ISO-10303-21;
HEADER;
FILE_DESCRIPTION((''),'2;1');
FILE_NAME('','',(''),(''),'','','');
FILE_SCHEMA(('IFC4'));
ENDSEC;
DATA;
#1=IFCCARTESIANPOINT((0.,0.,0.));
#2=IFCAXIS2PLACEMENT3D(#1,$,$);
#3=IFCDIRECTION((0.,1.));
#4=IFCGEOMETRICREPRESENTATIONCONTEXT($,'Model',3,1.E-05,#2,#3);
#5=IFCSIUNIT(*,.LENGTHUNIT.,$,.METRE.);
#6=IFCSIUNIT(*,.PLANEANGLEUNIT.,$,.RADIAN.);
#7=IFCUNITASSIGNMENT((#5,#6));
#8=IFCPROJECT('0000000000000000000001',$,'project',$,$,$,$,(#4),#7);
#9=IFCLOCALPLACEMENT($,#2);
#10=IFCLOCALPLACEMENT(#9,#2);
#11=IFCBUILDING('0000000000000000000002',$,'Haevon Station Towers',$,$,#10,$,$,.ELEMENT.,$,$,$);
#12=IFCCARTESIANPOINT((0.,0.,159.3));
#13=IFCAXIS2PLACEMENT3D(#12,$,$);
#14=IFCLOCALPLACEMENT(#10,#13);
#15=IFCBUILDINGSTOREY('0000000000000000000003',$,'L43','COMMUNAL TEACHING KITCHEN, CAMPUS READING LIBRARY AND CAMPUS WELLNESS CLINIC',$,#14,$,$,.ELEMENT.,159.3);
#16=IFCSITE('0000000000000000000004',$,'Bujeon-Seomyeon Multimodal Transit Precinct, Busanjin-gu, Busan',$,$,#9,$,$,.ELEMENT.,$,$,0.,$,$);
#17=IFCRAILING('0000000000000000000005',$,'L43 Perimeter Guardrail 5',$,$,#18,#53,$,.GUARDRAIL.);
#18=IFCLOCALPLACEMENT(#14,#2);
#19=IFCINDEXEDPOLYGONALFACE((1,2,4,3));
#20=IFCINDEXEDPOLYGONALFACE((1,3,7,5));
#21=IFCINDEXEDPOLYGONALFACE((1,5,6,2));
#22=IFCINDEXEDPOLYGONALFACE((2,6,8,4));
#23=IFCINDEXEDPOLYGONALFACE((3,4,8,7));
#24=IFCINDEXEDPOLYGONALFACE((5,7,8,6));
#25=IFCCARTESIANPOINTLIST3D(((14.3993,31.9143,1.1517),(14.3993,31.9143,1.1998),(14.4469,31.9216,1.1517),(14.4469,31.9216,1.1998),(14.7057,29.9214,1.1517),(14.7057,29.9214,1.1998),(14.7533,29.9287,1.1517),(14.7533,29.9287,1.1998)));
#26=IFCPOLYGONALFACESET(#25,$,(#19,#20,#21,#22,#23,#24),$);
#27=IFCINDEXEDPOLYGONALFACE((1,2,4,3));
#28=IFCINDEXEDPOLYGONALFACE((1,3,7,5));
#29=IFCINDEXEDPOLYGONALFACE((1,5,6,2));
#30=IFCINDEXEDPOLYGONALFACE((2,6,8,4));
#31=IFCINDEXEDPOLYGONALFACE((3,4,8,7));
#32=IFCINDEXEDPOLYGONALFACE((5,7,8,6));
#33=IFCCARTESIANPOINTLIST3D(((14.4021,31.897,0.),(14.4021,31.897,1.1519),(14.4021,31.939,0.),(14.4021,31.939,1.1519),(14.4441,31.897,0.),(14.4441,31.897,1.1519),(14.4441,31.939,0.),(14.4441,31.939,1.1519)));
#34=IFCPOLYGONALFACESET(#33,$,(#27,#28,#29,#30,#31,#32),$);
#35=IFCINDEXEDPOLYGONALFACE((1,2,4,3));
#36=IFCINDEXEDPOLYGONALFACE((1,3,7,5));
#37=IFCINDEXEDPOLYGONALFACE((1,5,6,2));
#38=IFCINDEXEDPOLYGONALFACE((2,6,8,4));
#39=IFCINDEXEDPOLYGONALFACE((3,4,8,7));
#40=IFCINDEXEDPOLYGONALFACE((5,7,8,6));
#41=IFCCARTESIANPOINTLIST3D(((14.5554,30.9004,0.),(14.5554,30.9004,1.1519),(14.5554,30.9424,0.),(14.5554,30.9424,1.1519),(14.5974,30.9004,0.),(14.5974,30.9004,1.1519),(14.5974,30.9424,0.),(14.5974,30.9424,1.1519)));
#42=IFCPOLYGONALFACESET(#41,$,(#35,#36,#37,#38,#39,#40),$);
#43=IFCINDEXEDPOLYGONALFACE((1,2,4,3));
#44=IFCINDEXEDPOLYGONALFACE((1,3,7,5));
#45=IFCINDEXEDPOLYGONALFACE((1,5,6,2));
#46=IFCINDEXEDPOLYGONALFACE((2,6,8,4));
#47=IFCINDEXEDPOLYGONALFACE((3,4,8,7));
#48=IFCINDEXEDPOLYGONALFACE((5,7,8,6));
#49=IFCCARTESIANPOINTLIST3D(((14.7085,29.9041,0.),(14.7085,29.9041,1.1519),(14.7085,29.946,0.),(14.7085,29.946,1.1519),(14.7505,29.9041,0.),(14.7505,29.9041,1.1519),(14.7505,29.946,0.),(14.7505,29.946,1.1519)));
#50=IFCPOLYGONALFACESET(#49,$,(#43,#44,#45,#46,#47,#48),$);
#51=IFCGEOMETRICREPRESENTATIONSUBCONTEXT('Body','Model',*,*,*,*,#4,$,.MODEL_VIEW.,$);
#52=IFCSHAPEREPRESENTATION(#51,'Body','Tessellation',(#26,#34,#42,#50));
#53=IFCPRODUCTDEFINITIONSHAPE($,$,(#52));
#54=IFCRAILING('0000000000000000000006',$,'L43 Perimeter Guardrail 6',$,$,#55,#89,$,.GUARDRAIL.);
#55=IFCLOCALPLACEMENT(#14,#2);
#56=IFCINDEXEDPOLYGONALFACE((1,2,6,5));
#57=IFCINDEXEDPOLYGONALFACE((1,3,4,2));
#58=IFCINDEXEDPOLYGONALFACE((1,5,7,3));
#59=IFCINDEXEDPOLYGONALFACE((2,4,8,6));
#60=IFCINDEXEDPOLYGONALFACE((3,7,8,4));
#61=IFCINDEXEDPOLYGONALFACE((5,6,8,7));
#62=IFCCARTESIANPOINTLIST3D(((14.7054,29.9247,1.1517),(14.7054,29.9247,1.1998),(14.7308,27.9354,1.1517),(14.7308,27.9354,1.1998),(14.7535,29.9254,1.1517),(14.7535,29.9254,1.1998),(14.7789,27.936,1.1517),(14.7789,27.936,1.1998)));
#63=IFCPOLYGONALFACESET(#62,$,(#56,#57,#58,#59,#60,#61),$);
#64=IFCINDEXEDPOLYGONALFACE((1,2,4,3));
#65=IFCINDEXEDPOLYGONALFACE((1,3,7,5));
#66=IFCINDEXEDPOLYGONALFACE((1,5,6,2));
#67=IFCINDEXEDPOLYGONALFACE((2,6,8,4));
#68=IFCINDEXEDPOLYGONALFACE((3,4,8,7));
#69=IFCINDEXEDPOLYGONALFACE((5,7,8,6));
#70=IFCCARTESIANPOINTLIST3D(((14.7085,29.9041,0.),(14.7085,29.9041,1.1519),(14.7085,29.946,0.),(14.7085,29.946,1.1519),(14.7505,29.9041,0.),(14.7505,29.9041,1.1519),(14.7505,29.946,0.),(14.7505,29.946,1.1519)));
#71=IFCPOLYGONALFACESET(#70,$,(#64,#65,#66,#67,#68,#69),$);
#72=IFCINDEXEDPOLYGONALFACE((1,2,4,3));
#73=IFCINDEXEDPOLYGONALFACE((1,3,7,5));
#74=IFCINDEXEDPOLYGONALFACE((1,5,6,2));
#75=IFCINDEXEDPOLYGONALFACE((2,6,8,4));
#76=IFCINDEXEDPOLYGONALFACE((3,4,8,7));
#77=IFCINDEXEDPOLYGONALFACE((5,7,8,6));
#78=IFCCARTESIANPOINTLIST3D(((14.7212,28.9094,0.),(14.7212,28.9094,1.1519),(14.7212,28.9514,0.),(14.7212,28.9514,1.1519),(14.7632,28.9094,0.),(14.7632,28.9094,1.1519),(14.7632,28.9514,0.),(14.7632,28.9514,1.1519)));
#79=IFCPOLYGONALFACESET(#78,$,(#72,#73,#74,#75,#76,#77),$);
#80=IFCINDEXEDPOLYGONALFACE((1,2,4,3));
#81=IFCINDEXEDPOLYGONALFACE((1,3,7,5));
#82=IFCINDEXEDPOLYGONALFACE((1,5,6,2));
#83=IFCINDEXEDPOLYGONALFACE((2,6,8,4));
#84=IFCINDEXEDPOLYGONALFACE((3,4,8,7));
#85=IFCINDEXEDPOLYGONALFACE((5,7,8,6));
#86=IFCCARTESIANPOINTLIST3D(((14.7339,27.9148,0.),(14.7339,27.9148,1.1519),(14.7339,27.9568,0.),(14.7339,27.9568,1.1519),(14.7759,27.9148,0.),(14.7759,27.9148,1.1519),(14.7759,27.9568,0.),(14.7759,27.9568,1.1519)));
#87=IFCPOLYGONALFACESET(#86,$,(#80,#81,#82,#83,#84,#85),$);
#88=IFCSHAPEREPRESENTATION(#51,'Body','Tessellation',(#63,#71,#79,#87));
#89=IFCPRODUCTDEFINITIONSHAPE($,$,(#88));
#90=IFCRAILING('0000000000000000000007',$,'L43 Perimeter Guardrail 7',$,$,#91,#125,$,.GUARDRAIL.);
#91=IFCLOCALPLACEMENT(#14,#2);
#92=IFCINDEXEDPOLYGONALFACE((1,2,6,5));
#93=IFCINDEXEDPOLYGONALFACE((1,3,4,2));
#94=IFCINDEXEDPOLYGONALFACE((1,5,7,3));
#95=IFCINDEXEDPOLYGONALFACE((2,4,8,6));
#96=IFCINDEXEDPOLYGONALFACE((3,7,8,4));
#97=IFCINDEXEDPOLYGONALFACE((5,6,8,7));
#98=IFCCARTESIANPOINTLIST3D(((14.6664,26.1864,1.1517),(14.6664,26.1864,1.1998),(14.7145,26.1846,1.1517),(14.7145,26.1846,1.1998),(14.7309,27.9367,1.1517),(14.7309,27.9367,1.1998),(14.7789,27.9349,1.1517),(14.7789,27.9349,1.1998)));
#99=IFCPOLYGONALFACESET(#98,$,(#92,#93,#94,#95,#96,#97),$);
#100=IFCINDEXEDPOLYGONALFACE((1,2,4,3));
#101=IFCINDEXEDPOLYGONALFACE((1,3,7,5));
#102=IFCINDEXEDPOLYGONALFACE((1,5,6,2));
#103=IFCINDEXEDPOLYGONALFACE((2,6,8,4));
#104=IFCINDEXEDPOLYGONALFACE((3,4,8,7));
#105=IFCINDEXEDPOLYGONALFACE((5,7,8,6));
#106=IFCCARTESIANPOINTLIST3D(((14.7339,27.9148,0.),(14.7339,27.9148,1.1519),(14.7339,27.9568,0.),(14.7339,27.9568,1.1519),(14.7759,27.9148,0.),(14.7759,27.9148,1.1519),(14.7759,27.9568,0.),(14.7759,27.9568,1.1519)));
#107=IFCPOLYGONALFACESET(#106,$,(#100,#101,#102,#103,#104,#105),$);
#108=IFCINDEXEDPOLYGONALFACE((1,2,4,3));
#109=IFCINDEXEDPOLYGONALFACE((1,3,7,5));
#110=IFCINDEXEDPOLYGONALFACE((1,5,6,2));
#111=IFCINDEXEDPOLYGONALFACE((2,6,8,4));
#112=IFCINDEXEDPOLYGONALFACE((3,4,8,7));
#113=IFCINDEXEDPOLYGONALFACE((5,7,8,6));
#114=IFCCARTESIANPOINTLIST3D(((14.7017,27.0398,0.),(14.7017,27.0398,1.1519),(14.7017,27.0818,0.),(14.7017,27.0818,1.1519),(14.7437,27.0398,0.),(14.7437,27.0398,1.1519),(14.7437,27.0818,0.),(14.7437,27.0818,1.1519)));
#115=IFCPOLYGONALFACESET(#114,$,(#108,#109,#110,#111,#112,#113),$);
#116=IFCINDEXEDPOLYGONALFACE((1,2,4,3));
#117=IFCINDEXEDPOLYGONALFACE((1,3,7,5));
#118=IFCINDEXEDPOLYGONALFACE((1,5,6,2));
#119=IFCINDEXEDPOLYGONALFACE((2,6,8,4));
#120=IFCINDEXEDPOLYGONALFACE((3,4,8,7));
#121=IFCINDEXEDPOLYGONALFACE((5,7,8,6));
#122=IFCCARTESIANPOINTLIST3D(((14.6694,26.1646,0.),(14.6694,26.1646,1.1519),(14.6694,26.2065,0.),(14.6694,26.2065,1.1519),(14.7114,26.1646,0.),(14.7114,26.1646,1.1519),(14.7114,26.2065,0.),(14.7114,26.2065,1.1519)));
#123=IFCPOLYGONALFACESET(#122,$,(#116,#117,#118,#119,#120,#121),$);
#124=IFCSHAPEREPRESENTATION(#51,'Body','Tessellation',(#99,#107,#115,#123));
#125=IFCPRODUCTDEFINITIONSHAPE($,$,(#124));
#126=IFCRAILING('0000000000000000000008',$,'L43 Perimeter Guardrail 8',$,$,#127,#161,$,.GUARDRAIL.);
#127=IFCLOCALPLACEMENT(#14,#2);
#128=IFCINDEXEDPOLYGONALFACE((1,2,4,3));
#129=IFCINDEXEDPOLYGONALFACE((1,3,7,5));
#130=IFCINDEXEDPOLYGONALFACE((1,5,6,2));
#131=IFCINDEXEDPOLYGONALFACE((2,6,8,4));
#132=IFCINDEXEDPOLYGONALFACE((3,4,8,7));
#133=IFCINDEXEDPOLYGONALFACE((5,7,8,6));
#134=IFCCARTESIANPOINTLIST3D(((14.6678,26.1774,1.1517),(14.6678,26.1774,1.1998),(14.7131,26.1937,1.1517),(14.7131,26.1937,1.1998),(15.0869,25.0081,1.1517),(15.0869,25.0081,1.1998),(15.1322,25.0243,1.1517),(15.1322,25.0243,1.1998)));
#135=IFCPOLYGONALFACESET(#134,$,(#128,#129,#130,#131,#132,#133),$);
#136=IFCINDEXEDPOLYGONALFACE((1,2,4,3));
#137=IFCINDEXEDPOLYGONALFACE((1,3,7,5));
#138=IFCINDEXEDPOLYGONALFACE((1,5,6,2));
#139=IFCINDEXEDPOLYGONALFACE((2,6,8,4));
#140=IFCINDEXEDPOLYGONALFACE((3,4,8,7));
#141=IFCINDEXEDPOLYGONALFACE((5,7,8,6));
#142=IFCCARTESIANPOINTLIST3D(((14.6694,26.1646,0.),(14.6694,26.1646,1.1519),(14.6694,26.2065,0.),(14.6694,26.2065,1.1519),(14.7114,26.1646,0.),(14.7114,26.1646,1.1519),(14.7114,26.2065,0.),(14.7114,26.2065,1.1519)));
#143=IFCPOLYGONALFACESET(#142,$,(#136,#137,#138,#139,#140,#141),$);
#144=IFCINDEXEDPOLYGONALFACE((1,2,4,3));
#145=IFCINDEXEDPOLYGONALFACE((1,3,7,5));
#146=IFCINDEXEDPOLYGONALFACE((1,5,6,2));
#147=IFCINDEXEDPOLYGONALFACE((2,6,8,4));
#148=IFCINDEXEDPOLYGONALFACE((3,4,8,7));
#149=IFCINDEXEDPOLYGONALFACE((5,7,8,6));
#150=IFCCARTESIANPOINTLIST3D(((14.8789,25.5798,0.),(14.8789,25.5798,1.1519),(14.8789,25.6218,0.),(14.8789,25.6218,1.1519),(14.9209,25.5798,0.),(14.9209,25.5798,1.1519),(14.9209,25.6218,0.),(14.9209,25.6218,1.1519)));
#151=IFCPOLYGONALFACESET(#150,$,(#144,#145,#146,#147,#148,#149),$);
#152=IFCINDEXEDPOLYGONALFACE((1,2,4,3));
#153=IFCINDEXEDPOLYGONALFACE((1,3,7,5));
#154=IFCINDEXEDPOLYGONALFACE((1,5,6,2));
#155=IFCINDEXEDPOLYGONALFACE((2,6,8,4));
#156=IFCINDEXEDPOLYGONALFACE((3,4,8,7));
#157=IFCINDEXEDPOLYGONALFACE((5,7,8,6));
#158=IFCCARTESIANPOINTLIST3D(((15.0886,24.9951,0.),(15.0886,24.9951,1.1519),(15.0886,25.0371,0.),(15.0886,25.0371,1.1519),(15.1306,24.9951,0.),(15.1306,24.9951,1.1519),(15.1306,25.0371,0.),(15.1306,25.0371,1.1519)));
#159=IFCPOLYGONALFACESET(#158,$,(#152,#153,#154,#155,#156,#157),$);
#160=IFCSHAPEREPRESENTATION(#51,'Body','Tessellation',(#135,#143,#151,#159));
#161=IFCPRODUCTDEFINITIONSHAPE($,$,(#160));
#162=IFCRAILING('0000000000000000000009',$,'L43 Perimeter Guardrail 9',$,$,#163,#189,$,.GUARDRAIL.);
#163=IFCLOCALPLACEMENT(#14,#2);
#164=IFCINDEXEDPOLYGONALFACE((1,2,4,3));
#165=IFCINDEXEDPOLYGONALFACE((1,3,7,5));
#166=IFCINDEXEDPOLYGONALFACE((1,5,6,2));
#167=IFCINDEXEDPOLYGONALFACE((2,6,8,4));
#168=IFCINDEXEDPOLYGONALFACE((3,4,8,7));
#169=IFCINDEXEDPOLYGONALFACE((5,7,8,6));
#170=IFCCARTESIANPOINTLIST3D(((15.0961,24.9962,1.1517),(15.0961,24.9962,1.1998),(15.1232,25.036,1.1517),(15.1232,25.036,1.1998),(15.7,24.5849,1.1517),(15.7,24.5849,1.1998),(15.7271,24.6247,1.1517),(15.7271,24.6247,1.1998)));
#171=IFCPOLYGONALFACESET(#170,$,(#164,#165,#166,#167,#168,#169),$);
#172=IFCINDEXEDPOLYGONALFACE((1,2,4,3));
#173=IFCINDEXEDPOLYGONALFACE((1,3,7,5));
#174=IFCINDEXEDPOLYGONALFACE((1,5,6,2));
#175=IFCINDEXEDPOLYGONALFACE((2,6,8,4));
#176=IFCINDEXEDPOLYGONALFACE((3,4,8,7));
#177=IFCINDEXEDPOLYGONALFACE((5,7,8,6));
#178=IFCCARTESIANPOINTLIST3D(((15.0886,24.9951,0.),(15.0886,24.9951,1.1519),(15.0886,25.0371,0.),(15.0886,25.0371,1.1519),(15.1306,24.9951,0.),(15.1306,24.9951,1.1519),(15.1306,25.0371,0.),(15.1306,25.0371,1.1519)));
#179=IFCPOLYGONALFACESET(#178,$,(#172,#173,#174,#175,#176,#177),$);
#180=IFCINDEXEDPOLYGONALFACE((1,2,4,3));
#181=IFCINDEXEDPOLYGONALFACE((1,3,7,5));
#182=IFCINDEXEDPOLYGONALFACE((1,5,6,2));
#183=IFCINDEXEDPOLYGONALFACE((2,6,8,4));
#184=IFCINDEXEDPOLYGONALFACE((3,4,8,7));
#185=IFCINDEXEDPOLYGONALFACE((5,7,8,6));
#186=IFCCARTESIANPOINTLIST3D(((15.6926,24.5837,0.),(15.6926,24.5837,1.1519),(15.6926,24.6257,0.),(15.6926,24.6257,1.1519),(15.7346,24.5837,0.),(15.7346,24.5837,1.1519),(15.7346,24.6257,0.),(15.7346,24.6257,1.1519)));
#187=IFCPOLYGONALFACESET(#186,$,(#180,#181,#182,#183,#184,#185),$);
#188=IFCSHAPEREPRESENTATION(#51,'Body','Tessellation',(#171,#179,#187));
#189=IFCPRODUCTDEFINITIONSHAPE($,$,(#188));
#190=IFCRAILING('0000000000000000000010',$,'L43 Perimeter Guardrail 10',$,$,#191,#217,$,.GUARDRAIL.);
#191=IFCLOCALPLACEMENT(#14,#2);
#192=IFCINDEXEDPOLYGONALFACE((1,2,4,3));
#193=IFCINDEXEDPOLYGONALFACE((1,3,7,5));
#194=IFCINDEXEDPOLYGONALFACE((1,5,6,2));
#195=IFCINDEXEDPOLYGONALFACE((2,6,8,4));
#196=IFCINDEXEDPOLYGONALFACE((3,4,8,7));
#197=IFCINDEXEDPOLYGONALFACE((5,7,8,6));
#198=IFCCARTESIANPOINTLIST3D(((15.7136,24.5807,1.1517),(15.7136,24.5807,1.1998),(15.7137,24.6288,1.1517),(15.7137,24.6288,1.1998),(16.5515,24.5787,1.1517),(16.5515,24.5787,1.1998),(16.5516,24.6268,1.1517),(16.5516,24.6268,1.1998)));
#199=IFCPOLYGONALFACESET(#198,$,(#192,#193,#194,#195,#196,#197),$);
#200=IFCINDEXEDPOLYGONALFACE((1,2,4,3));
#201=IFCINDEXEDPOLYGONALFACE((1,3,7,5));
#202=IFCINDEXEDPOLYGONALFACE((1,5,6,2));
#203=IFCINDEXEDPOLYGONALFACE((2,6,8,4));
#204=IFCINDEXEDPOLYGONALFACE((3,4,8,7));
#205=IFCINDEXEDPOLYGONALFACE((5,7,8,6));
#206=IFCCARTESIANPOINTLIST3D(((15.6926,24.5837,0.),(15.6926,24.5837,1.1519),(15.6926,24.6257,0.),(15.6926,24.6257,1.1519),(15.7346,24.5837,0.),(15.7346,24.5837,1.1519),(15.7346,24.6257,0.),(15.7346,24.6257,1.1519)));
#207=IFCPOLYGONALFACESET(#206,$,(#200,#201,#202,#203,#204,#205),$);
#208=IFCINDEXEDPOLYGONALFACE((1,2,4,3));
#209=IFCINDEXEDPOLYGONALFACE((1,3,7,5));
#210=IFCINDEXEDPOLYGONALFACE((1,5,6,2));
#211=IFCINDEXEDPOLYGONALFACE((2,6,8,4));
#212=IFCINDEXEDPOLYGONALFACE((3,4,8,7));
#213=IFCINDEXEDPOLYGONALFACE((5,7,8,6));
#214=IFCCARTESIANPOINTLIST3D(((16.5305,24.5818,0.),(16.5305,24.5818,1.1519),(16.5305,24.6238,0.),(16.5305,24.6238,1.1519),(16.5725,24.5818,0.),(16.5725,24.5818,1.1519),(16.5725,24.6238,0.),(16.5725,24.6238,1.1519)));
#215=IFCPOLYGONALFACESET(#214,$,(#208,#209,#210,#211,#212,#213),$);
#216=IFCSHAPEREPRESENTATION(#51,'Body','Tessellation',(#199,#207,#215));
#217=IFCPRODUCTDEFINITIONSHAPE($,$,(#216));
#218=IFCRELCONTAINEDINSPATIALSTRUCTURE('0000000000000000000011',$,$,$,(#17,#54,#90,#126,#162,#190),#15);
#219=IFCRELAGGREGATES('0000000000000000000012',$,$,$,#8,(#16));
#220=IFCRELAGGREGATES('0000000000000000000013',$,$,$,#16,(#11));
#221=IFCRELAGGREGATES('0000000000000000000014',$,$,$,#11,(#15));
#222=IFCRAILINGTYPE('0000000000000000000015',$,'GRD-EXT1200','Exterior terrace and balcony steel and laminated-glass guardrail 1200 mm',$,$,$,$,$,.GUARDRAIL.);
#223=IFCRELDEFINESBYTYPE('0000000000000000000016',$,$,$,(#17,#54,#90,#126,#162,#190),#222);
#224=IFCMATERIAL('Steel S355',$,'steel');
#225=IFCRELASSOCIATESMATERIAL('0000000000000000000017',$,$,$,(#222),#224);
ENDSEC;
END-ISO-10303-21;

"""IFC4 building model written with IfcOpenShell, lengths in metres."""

from ifc_helpers import new_model, si_unit, direction, frame, origin, origin_2d, place, context, subcontext, project, spatial, rectangle, extrude, material, type_object, element, save


model = new_model("IFC4")

# Units and contexts
model_context = context("Model", 3, precision=1e-05, world=origin(), true_north=direction((0.0, 1.0)))
body_context = subcontext(model_context, "Body", "Model", "MODEL_VIEW")
ifc_project = project(units=[si_unit("LENGTHUNIT", "METRE"), si_unit("PLANEANGLEUNIT", "RADIAN")], contexts=[model_context])

# Site, building, storey
site_placement = place(None, origin())
site = spatial("IfcSite", under=ifc_project, at=site_placement, Name="Bujeon-Seomyeon Multimodal Transit Precinct, Busanjin-gu, Busan", CompositionType="ELEMENT", RefElevation=0.0)
building_placement = place(site_placement, origin())
building = spatial("IfcBuilding", under=site, at=building_placement, Name="Haevon Station Towers", CompositionType="ELEMENT")
storey_placement = place(building_placement, frame((0.0, 0.0, 159.3)))
storey = spatial("IfcBuildingStorey", under=building, at=storey_placement, Name="L43", Description="COMMUNAL TEACHING KITCHEN, CAMPUS READING LIBRARY AND CAMPUS WELLNESS CLINIC", CompositionType="ELEMENT", Elevation=159.3)

# Shared definitions
ifc_material_1 = material(Name="Steel S355", Category="steel")

# Railings
railing_type = type_object("IfcRailingType", Name="GRD-EXT1200", Description="Exterior terrace and balcony steel and laminated-glass guardrail 1200 mm", PredefinedType="GUARDRAIL", material=ifc_material_1)
railing_1_placement = place(storey_placement, frame((14.4231, 31.918, 0.0)))
element("IfcRailing", 1, at=railing_1_placement, inside=storey, type_object=railing_type, Name="L43 Perimeter Guardrail 5", PredefinedType="GUARDRAIL", context=body_context, shape_type="SweptSolid", body=[
    extrude(rectangle(XDim=0.0481, YDim=0.0481, at=origin_2d()), frame((0.0, 0.0, 1.1758), z_axis=(0.151957, -0.988387, 0.0), x_axis=(0.988387, 0.151957, 0.0)), (0.0, 0.0, 1.0), 2.0164),
    extrude(rectangle(XDim=0.042, YDim=0.042, at=origin_2d()), origin(), (0.0, 0.0, 1.0), 1.1519),
    extrude(rectangle(XDim=0.042, YDim=0.042, at=origin_2d()), frame((0.1533, -0.9966, 0.0)), (0.0, 0.0, 1.0), 1.1519),
    extrude(rectangle(XDim=0.042, YDim=0.042, at=origin_2d()), frame((0.3064, -1.9929, 0.0)), (0.0, 0.0, 1.0), 1.1519),
])
railing_2_placement = place(storey_placement, frame((14.7295, 29.925, 0.0)))
element("IfcRailing", 2, at=railing_2_placement, inside=storey, type_object=railing_type, Name="L43 Perimeter Guardrail 6", PredefinedType="GUARDRAIL", context=body_context, shape_type="SweptSolid", body=[
    extrude(rectangle(XDim=0.0481, YDim=0.0481, at=origin_2d()), frame((0.0, 0.0, 1.1758), z_axis=(0.012763, -0.999919, 0.0), x_axis=(0.999919, 0.012763, 0.0)), (0.0, 0.0, 1.0), 1.9895),
    extrude(rectangle(XDim=0.042, YDim=0.042, at=origin_2d()), origin(), (0.0, 0.0, 1.0), 1.1519),
    extrude(rectangle(XDim=0.042, YDim=0.042, at=origin_2d()), frame((0.0127, -0.9946, 0.0)), (0.0, 0.0, 1.0), 1.1519),
    extrude(rectangle(XDim=0.042, YDim=0.042, at=origin_2d()), frame((0.0254, -1.9893, 0.0)), (0.0, 0.0, 1.0), 1.1519),
])
railing_3_placement = place(storey_placement, frame((14.7549, 27.9358, 0.0)))
element("IfcRailing", 3, at=railing_3_placement, inside=storey, type_object=railing_type, Name="L43 Perimeter Guardrail 7", PredefinedType="GUARDRAIL", context=body_context, shape_type="SweptSolid", body=[
    extrude(rectangle(XDim=0.0481, YDim=0.0481, at=origin_2d()), frame((0.0, 0.0, 1.1758), z_axis=(-0.0368, -0.999323, 0.0), x_axis=(0.999323, -0.0368, 0.0)), (0.0, 0.0, 1.0), 1.7515),
    extrude(rectangle(XDim=0.042, YDim=0.042, at=origin_2d()), origin(), (0.0, 0.0, 1.0), 1.1519),
    extrude(rectangle(XDim=0.042, YDim=0.042, at=origin_2d()), frame((-0.0322, -0.875, 0.0)), (0.0, 0.0, 1.0), 1.1519),
    extrude(rectangle(XDim=0.042, YDim=0.042, at=origin_2d()), frame((-0.0645, -1.7502, 0.0)), (0.0, 0.0, 1.0), 1.1519),
])
railing_4_placement = place(storey_placement, frame((14.6904, 26.1855, 0.0)))
element("IfcRailing", 4, at=railing_4_placement, inside=storey, type_object=railing_type, Name="L43 Perimeter Guardrail 8", PredefinedType="GUARDRAIL", context=body_context, shape_type="SweptSolid", body=[
    extrude(rectangle(XDim=0.0481, YDim=0.0481, at=origin_2d()), frame((0.0, 0.0, 1.1758), z_axis=(0.337432, -0.94135, 0.0), x_axis=(0.94135, 0.337432, 0.0)), (0.0, 0.0, 1.0), 1.2422),
    extrude(rectangle(XDim=0.042, YDim=0.042, at=origin_2d()), origin(), (0.0, 0.0, 1.0), 1.1519),
    extrude(rectangle(XDim=0.042, YDim=0.042, at=origin_2d()), frame((0.2095, -0.5847, 0.0)), (0.0, 0.0, 1.0), 1.1519),
    extrude(rectangle(XDim=0.042, YDim=0.042, at=origin_2d()), frame((0.4192, -1.1694, 0.0)), (0.0, 0.0, 1.0), 1.1519),
])
railing_5_placement = place(storey_placement, frame((15.1096, 25.0161, 0.0)))
element("IfcRailing", 5, at=railing_5_placement, inside=storey, type_object=railing_type, Name="L43 Perimeter Guardrail 9", PredefinedType="GUARDRAIL", context=body_context, shape_type="SweptSolid", body=[
    extrude(rectangle(XDim=0.0481, YDim=0.0481, at=origin_2d()), frame((0.0, 0.0, 1.1758), z_axis=(0.82651, -0.562922, 0.0), x_axis=(0.562922, 0.82651, 0.0)), (0.0, 0.0, 1.0), 0.7307),
    extrude(rectangle(XDim=0.042, YDim=0.042, at=origin_2d()), origin(), (0.0, 0.0, 1.0), 1.1519),
    extrude(rectangle(XDim=0.042, YDim=0.042, at=origin_2d()), frame((0.604, -0.4114, 0.0)), (0.0, 0.0, 1.0), 1.1519),
])
railing_6_placement = place(storey_placement, frame((15.7136, 24.6047, 0.0)))
element("IfcRailing", 6, at=railing_6_placement, inside=storey, type_object=railing_type, Name="L43 Perimeter Guardrail 10", PredefinedType="GUARDRAIL", context=body_context, shape_type="SweptSolid", body=[
    extrude(rectangle(XDim=0.0481, YDim=0.0481, at=origin_2d()), frame((0.0, 0.0, 1.1758), z_axis=(0.999997, -0.002331, 0.0), x_axis=(0.002331, 0.999997, 0.0)), (0.0, 0.0, 1.0), 0.8379),
    extrude(rectangle(XDim=0.042, YDim=0.042, at=origin_2d()), origin(), (0.0, 0.0, 1.0), 1.1519),
    extrude(rectangle(XDim=0.042, YDim=0.042, at=origin_2d()), frame((0.8379, -0.002, 0.0)), (0.0, 0.0, 1.0), 1.1519),
])

save(model, "model.ifc")
